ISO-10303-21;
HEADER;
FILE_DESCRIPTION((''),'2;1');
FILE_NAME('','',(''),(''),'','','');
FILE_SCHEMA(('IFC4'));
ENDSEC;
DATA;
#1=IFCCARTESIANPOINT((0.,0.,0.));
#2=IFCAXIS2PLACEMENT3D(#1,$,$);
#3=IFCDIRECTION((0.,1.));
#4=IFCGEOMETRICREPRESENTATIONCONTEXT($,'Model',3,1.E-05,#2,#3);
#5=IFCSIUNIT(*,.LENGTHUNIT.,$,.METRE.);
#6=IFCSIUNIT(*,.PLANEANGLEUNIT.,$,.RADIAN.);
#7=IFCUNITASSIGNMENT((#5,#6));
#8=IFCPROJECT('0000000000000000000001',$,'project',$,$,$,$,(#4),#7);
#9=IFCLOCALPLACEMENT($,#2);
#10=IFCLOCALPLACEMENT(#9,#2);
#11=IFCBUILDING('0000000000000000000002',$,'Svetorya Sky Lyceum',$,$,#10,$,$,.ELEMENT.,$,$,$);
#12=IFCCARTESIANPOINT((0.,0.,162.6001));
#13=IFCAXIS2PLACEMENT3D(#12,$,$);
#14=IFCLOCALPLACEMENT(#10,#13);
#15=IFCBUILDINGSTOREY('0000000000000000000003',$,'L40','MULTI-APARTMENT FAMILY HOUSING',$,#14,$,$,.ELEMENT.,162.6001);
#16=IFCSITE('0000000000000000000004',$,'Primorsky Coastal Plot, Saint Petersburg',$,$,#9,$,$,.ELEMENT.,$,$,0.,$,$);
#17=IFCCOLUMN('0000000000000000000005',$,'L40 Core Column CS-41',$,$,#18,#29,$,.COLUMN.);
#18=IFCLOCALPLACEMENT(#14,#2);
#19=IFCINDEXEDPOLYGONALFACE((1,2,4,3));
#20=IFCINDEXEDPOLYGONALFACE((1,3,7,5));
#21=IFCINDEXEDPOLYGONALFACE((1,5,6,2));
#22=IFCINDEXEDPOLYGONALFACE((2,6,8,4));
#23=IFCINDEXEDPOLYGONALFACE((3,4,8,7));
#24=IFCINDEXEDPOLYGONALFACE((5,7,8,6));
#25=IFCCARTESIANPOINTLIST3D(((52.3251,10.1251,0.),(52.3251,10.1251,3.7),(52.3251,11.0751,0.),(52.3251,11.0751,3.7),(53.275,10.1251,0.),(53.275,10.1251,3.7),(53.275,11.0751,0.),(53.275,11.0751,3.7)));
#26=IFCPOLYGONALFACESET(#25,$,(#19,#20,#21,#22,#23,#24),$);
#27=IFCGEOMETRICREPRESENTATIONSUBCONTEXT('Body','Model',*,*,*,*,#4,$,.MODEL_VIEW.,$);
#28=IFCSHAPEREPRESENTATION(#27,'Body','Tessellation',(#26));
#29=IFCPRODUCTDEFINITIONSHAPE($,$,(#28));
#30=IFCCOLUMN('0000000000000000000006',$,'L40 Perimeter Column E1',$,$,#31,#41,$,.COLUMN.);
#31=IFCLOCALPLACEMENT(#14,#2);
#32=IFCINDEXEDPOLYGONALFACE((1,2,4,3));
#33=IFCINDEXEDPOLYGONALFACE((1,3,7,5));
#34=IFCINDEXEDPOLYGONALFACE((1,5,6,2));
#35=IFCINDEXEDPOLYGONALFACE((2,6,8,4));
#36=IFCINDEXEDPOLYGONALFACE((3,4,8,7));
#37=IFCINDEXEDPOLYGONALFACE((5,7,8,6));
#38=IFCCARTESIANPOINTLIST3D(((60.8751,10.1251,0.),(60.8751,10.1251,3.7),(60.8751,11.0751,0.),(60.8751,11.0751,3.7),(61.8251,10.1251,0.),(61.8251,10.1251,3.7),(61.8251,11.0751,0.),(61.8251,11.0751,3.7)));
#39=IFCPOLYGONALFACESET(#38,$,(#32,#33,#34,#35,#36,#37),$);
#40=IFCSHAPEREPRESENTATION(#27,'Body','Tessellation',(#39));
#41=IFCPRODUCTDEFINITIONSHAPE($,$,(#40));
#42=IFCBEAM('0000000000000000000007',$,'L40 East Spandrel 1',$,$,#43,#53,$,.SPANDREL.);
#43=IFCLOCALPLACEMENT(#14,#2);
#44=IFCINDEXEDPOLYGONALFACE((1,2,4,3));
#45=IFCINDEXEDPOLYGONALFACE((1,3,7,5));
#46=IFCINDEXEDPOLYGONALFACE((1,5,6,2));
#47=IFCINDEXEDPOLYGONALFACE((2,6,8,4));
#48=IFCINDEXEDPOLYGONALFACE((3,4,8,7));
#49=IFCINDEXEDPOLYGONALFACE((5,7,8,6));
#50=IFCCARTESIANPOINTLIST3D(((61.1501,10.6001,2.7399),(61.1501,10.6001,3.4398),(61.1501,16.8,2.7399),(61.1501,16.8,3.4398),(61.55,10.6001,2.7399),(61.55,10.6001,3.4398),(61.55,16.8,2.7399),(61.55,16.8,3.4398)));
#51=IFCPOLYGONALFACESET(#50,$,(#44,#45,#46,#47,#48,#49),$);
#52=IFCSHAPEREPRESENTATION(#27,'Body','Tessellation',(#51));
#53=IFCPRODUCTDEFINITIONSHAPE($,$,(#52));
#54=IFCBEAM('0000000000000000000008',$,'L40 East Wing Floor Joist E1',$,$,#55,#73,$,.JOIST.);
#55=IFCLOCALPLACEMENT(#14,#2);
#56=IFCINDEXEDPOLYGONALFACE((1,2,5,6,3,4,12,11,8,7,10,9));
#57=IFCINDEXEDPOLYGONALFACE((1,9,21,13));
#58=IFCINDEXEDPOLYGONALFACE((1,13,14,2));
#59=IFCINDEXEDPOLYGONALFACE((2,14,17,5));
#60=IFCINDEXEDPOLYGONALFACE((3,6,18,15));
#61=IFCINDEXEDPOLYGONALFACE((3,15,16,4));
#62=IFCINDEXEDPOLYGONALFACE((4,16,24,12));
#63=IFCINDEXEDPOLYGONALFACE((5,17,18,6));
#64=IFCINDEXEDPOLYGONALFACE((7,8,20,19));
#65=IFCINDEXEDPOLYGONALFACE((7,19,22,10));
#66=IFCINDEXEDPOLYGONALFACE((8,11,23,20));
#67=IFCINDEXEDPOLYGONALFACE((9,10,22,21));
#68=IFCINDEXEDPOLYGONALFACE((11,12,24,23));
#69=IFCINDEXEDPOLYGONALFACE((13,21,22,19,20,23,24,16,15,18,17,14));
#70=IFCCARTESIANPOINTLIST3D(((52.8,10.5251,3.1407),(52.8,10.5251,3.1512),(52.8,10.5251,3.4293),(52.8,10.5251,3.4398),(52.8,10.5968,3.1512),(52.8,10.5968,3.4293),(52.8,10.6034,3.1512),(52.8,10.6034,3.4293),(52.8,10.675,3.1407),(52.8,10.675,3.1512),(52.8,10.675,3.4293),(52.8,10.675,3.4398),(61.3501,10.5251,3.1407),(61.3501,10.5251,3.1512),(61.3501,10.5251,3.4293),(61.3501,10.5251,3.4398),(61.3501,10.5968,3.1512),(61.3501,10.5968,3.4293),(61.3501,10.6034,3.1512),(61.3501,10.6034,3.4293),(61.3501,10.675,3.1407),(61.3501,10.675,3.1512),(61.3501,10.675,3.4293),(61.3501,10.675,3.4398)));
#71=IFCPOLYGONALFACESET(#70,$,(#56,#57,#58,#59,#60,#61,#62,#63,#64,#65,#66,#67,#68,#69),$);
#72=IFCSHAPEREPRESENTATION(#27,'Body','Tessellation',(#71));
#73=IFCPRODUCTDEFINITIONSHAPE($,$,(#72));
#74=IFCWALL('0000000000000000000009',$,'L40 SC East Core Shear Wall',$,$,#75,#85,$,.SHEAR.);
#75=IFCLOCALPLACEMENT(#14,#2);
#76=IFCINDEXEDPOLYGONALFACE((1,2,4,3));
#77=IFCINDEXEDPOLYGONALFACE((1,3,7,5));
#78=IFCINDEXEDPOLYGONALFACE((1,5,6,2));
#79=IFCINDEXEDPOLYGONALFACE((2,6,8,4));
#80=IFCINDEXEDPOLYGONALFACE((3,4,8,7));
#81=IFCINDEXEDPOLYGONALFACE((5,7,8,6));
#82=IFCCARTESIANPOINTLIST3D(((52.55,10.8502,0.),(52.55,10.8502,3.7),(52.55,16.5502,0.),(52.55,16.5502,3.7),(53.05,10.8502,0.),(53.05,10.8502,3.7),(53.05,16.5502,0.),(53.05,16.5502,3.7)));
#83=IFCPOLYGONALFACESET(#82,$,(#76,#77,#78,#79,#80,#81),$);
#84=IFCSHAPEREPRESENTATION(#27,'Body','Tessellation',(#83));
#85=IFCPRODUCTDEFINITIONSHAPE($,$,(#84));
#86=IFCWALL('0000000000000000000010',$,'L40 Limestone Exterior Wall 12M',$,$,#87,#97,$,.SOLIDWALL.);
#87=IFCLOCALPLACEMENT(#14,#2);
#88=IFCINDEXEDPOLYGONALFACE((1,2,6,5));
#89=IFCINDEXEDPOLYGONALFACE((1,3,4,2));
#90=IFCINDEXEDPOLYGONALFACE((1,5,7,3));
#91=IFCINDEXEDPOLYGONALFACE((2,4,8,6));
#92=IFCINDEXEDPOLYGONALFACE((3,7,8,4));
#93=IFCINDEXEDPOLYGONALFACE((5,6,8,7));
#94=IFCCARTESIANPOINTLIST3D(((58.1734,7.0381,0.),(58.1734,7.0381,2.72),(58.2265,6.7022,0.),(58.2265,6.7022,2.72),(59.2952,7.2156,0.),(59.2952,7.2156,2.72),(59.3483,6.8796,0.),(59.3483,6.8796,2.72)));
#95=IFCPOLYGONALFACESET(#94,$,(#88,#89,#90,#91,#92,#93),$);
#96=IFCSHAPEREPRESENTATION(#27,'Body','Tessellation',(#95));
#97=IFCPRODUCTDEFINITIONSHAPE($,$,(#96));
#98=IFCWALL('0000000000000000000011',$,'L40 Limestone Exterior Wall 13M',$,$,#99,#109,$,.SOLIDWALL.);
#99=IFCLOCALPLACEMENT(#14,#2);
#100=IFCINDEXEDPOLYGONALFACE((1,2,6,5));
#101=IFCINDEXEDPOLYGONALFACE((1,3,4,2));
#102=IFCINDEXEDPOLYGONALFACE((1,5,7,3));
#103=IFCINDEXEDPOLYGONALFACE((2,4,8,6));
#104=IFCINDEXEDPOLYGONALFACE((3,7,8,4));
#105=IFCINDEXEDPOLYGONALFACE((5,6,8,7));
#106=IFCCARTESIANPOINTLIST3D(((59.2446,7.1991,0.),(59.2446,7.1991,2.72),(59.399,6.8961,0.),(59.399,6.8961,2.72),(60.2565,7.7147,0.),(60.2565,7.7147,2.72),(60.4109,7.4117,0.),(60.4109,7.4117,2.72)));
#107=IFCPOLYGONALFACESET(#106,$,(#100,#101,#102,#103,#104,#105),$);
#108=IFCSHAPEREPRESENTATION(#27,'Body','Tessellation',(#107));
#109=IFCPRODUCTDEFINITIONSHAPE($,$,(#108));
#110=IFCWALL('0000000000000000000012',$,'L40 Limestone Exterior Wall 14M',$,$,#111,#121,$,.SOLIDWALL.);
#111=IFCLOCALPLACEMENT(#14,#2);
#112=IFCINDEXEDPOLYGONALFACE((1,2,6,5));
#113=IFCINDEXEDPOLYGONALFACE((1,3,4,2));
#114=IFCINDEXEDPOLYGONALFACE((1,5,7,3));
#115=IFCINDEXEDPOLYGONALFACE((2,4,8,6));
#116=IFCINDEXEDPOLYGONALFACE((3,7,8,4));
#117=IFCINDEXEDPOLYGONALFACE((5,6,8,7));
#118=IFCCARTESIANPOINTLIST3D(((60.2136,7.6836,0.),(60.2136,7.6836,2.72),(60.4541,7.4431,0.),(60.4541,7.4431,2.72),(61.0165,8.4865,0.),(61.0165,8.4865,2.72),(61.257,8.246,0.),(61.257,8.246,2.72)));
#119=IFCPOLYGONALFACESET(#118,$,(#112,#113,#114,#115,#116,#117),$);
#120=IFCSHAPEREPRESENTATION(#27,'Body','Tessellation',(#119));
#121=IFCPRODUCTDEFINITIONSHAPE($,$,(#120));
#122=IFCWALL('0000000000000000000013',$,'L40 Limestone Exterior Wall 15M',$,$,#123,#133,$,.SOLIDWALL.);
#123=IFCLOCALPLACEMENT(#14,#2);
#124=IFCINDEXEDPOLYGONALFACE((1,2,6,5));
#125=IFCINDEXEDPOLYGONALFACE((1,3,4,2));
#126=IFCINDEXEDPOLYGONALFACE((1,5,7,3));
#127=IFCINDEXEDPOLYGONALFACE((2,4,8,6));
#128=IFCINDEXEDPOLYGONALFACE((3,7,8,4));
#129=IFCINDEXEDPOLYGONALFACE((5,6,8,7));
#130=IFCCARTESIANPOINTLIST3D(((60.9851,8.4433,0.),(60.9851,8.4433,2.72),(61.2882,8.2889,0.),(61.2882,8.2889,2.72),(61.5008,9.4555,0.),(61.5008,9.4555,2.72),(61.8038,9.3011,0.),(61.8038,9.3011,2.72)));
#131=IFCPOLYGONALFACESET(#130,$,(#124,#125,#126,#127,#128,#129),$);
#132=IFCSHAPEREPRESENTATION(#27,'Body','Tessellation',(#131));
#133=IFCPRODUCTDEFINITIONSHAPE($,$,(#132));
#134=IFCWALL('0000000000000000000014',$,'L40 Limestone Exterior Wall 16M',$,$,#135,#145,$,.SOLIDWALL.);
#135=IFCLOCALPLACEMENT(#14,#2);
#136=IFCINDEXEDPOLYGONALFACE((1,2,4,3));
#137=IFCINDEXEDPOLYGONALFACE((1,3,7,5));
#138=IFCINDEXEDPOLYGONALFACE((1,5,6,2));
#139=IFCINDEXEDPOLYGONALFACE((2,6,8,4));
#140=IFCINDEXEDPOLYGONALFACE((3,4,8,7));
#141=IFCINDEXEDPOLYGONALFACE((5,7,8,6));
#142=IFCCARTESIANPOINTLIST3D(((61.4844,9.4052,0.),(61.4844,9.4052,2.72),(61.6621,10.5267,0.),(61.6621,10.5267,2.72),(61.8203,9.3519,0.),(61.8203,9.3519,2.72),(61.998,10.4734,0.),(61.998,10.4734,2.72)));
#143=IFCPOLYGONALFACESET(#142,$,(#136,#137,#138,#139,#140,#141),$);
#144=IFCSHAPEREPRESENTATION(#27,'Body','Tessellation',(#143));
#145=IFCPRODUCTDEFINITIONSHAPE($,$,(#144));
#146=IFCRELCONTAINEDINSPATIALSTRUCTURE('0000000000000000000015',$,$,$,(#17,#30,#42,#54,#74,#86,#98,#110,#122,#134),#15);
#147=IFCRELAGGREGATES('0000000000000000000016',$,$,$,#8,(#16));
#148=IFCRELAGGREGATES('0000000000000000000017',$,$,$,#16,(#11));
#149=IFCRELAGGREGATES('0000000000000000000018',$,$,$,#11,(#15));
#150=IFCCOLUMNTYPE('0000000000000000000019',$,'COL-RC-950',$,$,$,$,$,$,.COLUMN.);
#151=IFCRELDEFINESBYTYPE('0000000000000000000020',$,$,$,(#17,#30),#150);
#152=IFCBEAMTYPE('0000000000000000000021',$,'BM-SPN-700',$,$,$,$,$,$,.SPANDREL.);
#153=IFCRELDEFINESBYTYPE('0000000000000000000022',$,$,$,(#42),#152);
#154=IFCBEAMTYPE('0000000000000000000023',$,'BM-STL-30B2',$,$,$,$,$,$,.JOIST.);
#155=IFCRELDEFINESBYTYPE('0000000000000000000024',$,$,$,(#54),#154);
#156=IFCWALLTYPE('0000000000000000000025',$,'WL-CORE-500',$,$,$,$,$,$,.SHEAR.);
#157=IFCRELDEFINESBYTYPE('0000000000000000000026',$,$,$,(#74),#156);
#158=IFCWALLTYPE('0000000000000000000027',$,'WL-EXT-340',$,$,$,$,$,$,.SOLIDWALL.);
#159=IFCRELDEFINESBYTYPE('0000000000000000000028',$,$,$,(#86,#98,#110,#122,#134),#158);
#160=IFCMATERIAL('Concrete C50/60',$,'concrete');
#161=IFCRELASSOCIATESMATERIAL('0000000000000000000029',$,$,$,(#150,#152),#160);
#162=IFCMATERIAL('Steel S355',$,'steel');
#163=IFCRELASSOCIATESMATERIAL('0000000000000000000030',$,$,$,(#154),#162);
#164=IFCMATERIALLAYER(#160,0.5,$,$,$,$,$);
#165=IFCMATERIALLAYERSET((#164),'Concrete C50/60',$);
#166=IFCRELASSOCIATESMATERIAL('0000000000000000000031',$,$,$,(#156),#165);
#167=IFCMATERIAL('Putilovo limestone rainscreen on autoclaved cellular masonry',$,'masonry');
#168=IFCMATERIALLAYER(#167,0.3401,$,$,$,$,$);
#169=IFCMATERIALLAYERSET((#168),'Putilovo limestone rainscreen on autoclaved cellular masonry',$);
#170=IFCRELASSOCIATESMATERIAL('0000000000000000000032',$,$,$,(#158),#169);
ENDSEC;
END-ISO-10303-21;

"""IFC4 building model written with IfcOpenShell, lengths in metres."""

from ifc_helpers import new_model, si_unit, direction, frame, frame_2d, origin, origin_2d, place, context, subcontext, project, spatial, rectangle, i_section, extrude, material, layer, layer_set, material_profile, profile_set, type_object, element, save


model = new_model("IFC4")

# Units and contexts
model_context = context("Model", 3, precision=1e-05, world=origin(), true_north=direction((0.0, 1.0)))
body_context = subcontext(model_context, "Body", "Model", "MODEL_VIEW")
ifc_project = project(units=[si_unit("LENGTHUNIT", "METRE"), si_unit("PLANEANGLEUNIT", "RADIAN")], contexts=[model_context])

# Site, building, storey
site_placement = place(None, origin())
site = spatial("IfcSite", under=ifc_project, at=site_placement, Name="Primorsky Coastal Plot, Saint Petersburg", CompositionType="ELEMENT", RefElevation=0.0)
building_placement = place(site_placement, origin())
building = spatial("IfcBuilding", under=site, at=building_placement, Name="Svetorya Sky Lyceum", CompositionType="ELEMENT")
storey_placement = place(building_placement, frame((0.0, 0.0, 162.6001)))
storey = spatial("IfcBuildingStorey", under=building, at=storey_placement, Name="L40", Description="MULTI-APARTMENT FAMILY HOUSING", CompositionType="ELEMENT", Elevation=162.6001)

# Columns
ifc_material_1 = material(Name="Concrete C50/60", Category="concrete")
ifc_material_profile_1 = material_profile(ifc_material_1, rectangle(XDim=0.95, YDim=0.95, at=origin_2d()), Name="RC COL 950x950")
ifc_profile_set_1 = profile_set([ifc_material_profile_1], Name="Concrete C50/60")
column_type = type_object("IfcColumnType", Name="COL-RC-950", PredefinedType="COLUMN", material=ifc_profile_set_1)
for number, where, z_axis, x_axis, name in (
    (1, (52.8, 10.6001, 0.0), (0.0, 0.0, 1.0), (1.0, 0.0, 0.0), "L40 Core Column CS-41"),
    (2, (61.3501, 10.6001, 0.0), (0.0, 0.0, 1.0), (1.0, 0.0, 0.0), "L40 Perimeter Column E1"),
):
    element("IfcColumn", number, at=place(storey_placement, frame(where, z_axis=z_axis, x_axis=x_axis)), inside=storey, type_object=column_type, Name=name, PredefinedType="COLUMN", context=body_context, shape_type="SweptSolid", body=[
        extrude(rectangle(XDim=0.95, YDim=0.95, at=origin_2d()), origin(), (0.0, 0.0, 1.0), 3.7),
    ])

# Beams
ifc_material_profile_2 = material_profile(ifc_material_1, rectangle(XDim=0.3999, YDim=0.7, at=origin_2d()), Name="RC SPANDREL 400x700")
ifc_profile_set_2 = profile_set([ifc_material_profile_2], Name="Concrete C50/60")
beam_type_1 = type_object("IfcBeamType", Name="BM-SPN-700", PredefinedType="SPANDREL", material=ifc_profile_set_2)
beam_1_placement = place(storey_placement, frame((61.3501, 10.6001, 3.0898), z_axis=(0.0, 1.0, 0.0), x_axis=(-1.0, 0.0, 0.0)))
element("IfcBeam", 3, at=beam_1_placement, inside=storey, type_object=beam_type_1, Name="L40 East Spandrel 1", PredefinedType="SPANDREL", context=body_context, shape_type="SweptSolid", body=[
    extrude(rectangle(XDim=0.3999, YDim=0.7, at=origin_2d()), origin(), (0.0, 0.0, 1.0), 6.2),
])
ifc_material_2 = material(Name="Steel S355", Category="steel")
ifc_material_profile_3 = material_profile(ifc_material_2, i_section(OverallWidth=0.1499, OverallDepth=0.2991, WebThickness=0.0066, FlangeThickness=0.0105, at=origin_2d()), Name="GOST 30B2")
ifc_profile_set_3 = profile_set([ifc_material_profile_3], Name="Steel S355")
beam_type_2 = type_object("IfcBeamType", Name="BM-STL-30B2", PredefinedType="JOIST", material=ifc_profile_set_3)
beam_2_placement = place(storey_placement, frame((52.8, 10.6001, 3.2903), z_axis=(1.0, 0.0, 0.0), x_axis=(0.0, 1.0, 0.0)))
element("IfcBeam", 4, at=beam_2_placement, inside=storey, type_object=beam_type_2, Name="L40 East Wing Floor Joist E1", PredefinedType="JOIST", context=body_context, shape_type="SweptSolid", body=[
    extrude(i_section(OverallWidth=0.1499, OverallDepth=0.2991, WebThickness=0.0066, FlangeThickness=0.0105, at=origin_2d()), origin(), (0.0, 0.0, 1.0), 8.55),
])

# Walls
ifc_layer_1 = layer(ifc_material_1, 0.5)
ifc_layer_set_1 = layer_set([ifc_layer_1], Name="Concrete C50/60")
wall_type_1 = type_object("IfcWallType", Name="WL-CORE-500", PredefinedType="SHEAR", material=ifc_layer_set_1)
wall_1_placement = place(storey_placement, frame((52.8, 10.8501, 0.0), z_axis=(0.0, 0.0, 1.0), x_axis=(0.0, 1.0, 0.0)))
element("IfcWall", 5, at=wall_1_placement, inside=storey, type_object=wall_type_1, Name="L40 SC East Core Shear Wall", PredefinedType="SHEAR", context=body_context, shape_type="SweptSolid", body=[
    extrude(rectangle(XDim=5.7, YDim=0.5, at=frame_2d((2.8501, 0.0))), origin(), (0.0, 0.0, 1.0), 3.7),
])
ifc_material_3 = material(Name="Putilovo limestone rainscreen on autoclaved cellular masonry", Category="masonry")
ifc_layer_2 = layer(ifc_material_3, 0.3401)
ifc_layer_set_2 = layer_set([ifc_layer_2], Name="Putilovo limestone rainscreen on autoclaved cellular masonry")
wall_type_2 = type_object("IfcWallType", Name="WL-EXT-340", PredefinedType="SOLIDWALL", material=ifc_layer_set_2)
for number, where, z_axis, x_axis, name in (
    (6, (58.2, 6.8701, 0.0), (0.0, 0.0, 1.0), (0.987714, 0.156272, 0.0), "L40 Limestone Exterior Wall 12M"),
    (7, (59.3218, 7.0476, 0.0), (0.0, 0.0, 1.0), (0.891005, 0.453993, 0.0), "L40 Limestone Exterior Wall 13M"),
):
    element("IfcWall", number, at=place(storey_placement, frame(where, z_axis=z_axis, x_axis=x_axis)), inside=storey, type_object=wall_type_2, Name=name, PredefinedType="SOLIDWALL", context=body_context, shape_type="SweptSolid", body=[
        extrude(rectangle(XDim=1.1357, YDim=0.3401, at=frame_2d((0.5679, 0.0))), origin(), (0.0, 0.0, 1.0), 2.72),
    ])
wall_2_placement = place(storey_placement, frame((60.3337, 7.5632, 0.0), z_axis=(0.0, 0.0, 1.0), x_axis=(0.707107, 0.707107, 0.0)))
element("IfcWall", 8, at=wall_2_placement, inside=storey, type_object=wall_type_2, Name="L40 Limestone Exterior Wall 14M", PredefinedType="SOLIDWALL", context=body_context, shape_type="SweptSolid", body=[
    extrude(rectangle(XDim=1.1355, YDim=0.3401, at=frame_2d((0.5679, 0.0))), origin(), (0.0, 0.0, 1.0), 2.72),
])
wall_3_placement = place(storey_placement, frame((61.1367, 8.3662, 0.0), z_axis=(0.0, 0.0, 1.0), x_axis=(0.453906, 0.891049, 0.0)))
element("IfcWall", 9, at=wall_3_placement, inside=storey, type_object=wall_type_2, Name="L40 Limestone Exterior Wall 15M", PredefinedType="SOLIDWALL", context=body_context, shape_type="SweptSolid", body=[
    extrude(rectangle(XDim=1.136, YDim=0.3401, at=frame_2d((0.5679, 0.0))), origin(), (0.0, 0.0, 1.0), 2.72),
])
wall_4_placement = place(storey_placement, frame((61.6523, 9.3784, 0.0), z_axis=(0.0, 0.0, 1.0), x_axis=(0.156515, 0.987676, 0.0)))
element("IfcWall", 10, at=wall_4_placement, inside=storey, type_object=wall_type_2, Name="L40 Limestone Exterior Wall 16M", PredefinedType="SOLIDWALL", context=body_context, shape_type="SweptSolid", body=[
    extrude(rectangle(XDim=1.1355, YDim=0.3401, at=frame_2d((0.5679, 0.0))), origin(), (0.0, 0.0, 1.0), 2.72),
])

save(model, "model.ifc")
